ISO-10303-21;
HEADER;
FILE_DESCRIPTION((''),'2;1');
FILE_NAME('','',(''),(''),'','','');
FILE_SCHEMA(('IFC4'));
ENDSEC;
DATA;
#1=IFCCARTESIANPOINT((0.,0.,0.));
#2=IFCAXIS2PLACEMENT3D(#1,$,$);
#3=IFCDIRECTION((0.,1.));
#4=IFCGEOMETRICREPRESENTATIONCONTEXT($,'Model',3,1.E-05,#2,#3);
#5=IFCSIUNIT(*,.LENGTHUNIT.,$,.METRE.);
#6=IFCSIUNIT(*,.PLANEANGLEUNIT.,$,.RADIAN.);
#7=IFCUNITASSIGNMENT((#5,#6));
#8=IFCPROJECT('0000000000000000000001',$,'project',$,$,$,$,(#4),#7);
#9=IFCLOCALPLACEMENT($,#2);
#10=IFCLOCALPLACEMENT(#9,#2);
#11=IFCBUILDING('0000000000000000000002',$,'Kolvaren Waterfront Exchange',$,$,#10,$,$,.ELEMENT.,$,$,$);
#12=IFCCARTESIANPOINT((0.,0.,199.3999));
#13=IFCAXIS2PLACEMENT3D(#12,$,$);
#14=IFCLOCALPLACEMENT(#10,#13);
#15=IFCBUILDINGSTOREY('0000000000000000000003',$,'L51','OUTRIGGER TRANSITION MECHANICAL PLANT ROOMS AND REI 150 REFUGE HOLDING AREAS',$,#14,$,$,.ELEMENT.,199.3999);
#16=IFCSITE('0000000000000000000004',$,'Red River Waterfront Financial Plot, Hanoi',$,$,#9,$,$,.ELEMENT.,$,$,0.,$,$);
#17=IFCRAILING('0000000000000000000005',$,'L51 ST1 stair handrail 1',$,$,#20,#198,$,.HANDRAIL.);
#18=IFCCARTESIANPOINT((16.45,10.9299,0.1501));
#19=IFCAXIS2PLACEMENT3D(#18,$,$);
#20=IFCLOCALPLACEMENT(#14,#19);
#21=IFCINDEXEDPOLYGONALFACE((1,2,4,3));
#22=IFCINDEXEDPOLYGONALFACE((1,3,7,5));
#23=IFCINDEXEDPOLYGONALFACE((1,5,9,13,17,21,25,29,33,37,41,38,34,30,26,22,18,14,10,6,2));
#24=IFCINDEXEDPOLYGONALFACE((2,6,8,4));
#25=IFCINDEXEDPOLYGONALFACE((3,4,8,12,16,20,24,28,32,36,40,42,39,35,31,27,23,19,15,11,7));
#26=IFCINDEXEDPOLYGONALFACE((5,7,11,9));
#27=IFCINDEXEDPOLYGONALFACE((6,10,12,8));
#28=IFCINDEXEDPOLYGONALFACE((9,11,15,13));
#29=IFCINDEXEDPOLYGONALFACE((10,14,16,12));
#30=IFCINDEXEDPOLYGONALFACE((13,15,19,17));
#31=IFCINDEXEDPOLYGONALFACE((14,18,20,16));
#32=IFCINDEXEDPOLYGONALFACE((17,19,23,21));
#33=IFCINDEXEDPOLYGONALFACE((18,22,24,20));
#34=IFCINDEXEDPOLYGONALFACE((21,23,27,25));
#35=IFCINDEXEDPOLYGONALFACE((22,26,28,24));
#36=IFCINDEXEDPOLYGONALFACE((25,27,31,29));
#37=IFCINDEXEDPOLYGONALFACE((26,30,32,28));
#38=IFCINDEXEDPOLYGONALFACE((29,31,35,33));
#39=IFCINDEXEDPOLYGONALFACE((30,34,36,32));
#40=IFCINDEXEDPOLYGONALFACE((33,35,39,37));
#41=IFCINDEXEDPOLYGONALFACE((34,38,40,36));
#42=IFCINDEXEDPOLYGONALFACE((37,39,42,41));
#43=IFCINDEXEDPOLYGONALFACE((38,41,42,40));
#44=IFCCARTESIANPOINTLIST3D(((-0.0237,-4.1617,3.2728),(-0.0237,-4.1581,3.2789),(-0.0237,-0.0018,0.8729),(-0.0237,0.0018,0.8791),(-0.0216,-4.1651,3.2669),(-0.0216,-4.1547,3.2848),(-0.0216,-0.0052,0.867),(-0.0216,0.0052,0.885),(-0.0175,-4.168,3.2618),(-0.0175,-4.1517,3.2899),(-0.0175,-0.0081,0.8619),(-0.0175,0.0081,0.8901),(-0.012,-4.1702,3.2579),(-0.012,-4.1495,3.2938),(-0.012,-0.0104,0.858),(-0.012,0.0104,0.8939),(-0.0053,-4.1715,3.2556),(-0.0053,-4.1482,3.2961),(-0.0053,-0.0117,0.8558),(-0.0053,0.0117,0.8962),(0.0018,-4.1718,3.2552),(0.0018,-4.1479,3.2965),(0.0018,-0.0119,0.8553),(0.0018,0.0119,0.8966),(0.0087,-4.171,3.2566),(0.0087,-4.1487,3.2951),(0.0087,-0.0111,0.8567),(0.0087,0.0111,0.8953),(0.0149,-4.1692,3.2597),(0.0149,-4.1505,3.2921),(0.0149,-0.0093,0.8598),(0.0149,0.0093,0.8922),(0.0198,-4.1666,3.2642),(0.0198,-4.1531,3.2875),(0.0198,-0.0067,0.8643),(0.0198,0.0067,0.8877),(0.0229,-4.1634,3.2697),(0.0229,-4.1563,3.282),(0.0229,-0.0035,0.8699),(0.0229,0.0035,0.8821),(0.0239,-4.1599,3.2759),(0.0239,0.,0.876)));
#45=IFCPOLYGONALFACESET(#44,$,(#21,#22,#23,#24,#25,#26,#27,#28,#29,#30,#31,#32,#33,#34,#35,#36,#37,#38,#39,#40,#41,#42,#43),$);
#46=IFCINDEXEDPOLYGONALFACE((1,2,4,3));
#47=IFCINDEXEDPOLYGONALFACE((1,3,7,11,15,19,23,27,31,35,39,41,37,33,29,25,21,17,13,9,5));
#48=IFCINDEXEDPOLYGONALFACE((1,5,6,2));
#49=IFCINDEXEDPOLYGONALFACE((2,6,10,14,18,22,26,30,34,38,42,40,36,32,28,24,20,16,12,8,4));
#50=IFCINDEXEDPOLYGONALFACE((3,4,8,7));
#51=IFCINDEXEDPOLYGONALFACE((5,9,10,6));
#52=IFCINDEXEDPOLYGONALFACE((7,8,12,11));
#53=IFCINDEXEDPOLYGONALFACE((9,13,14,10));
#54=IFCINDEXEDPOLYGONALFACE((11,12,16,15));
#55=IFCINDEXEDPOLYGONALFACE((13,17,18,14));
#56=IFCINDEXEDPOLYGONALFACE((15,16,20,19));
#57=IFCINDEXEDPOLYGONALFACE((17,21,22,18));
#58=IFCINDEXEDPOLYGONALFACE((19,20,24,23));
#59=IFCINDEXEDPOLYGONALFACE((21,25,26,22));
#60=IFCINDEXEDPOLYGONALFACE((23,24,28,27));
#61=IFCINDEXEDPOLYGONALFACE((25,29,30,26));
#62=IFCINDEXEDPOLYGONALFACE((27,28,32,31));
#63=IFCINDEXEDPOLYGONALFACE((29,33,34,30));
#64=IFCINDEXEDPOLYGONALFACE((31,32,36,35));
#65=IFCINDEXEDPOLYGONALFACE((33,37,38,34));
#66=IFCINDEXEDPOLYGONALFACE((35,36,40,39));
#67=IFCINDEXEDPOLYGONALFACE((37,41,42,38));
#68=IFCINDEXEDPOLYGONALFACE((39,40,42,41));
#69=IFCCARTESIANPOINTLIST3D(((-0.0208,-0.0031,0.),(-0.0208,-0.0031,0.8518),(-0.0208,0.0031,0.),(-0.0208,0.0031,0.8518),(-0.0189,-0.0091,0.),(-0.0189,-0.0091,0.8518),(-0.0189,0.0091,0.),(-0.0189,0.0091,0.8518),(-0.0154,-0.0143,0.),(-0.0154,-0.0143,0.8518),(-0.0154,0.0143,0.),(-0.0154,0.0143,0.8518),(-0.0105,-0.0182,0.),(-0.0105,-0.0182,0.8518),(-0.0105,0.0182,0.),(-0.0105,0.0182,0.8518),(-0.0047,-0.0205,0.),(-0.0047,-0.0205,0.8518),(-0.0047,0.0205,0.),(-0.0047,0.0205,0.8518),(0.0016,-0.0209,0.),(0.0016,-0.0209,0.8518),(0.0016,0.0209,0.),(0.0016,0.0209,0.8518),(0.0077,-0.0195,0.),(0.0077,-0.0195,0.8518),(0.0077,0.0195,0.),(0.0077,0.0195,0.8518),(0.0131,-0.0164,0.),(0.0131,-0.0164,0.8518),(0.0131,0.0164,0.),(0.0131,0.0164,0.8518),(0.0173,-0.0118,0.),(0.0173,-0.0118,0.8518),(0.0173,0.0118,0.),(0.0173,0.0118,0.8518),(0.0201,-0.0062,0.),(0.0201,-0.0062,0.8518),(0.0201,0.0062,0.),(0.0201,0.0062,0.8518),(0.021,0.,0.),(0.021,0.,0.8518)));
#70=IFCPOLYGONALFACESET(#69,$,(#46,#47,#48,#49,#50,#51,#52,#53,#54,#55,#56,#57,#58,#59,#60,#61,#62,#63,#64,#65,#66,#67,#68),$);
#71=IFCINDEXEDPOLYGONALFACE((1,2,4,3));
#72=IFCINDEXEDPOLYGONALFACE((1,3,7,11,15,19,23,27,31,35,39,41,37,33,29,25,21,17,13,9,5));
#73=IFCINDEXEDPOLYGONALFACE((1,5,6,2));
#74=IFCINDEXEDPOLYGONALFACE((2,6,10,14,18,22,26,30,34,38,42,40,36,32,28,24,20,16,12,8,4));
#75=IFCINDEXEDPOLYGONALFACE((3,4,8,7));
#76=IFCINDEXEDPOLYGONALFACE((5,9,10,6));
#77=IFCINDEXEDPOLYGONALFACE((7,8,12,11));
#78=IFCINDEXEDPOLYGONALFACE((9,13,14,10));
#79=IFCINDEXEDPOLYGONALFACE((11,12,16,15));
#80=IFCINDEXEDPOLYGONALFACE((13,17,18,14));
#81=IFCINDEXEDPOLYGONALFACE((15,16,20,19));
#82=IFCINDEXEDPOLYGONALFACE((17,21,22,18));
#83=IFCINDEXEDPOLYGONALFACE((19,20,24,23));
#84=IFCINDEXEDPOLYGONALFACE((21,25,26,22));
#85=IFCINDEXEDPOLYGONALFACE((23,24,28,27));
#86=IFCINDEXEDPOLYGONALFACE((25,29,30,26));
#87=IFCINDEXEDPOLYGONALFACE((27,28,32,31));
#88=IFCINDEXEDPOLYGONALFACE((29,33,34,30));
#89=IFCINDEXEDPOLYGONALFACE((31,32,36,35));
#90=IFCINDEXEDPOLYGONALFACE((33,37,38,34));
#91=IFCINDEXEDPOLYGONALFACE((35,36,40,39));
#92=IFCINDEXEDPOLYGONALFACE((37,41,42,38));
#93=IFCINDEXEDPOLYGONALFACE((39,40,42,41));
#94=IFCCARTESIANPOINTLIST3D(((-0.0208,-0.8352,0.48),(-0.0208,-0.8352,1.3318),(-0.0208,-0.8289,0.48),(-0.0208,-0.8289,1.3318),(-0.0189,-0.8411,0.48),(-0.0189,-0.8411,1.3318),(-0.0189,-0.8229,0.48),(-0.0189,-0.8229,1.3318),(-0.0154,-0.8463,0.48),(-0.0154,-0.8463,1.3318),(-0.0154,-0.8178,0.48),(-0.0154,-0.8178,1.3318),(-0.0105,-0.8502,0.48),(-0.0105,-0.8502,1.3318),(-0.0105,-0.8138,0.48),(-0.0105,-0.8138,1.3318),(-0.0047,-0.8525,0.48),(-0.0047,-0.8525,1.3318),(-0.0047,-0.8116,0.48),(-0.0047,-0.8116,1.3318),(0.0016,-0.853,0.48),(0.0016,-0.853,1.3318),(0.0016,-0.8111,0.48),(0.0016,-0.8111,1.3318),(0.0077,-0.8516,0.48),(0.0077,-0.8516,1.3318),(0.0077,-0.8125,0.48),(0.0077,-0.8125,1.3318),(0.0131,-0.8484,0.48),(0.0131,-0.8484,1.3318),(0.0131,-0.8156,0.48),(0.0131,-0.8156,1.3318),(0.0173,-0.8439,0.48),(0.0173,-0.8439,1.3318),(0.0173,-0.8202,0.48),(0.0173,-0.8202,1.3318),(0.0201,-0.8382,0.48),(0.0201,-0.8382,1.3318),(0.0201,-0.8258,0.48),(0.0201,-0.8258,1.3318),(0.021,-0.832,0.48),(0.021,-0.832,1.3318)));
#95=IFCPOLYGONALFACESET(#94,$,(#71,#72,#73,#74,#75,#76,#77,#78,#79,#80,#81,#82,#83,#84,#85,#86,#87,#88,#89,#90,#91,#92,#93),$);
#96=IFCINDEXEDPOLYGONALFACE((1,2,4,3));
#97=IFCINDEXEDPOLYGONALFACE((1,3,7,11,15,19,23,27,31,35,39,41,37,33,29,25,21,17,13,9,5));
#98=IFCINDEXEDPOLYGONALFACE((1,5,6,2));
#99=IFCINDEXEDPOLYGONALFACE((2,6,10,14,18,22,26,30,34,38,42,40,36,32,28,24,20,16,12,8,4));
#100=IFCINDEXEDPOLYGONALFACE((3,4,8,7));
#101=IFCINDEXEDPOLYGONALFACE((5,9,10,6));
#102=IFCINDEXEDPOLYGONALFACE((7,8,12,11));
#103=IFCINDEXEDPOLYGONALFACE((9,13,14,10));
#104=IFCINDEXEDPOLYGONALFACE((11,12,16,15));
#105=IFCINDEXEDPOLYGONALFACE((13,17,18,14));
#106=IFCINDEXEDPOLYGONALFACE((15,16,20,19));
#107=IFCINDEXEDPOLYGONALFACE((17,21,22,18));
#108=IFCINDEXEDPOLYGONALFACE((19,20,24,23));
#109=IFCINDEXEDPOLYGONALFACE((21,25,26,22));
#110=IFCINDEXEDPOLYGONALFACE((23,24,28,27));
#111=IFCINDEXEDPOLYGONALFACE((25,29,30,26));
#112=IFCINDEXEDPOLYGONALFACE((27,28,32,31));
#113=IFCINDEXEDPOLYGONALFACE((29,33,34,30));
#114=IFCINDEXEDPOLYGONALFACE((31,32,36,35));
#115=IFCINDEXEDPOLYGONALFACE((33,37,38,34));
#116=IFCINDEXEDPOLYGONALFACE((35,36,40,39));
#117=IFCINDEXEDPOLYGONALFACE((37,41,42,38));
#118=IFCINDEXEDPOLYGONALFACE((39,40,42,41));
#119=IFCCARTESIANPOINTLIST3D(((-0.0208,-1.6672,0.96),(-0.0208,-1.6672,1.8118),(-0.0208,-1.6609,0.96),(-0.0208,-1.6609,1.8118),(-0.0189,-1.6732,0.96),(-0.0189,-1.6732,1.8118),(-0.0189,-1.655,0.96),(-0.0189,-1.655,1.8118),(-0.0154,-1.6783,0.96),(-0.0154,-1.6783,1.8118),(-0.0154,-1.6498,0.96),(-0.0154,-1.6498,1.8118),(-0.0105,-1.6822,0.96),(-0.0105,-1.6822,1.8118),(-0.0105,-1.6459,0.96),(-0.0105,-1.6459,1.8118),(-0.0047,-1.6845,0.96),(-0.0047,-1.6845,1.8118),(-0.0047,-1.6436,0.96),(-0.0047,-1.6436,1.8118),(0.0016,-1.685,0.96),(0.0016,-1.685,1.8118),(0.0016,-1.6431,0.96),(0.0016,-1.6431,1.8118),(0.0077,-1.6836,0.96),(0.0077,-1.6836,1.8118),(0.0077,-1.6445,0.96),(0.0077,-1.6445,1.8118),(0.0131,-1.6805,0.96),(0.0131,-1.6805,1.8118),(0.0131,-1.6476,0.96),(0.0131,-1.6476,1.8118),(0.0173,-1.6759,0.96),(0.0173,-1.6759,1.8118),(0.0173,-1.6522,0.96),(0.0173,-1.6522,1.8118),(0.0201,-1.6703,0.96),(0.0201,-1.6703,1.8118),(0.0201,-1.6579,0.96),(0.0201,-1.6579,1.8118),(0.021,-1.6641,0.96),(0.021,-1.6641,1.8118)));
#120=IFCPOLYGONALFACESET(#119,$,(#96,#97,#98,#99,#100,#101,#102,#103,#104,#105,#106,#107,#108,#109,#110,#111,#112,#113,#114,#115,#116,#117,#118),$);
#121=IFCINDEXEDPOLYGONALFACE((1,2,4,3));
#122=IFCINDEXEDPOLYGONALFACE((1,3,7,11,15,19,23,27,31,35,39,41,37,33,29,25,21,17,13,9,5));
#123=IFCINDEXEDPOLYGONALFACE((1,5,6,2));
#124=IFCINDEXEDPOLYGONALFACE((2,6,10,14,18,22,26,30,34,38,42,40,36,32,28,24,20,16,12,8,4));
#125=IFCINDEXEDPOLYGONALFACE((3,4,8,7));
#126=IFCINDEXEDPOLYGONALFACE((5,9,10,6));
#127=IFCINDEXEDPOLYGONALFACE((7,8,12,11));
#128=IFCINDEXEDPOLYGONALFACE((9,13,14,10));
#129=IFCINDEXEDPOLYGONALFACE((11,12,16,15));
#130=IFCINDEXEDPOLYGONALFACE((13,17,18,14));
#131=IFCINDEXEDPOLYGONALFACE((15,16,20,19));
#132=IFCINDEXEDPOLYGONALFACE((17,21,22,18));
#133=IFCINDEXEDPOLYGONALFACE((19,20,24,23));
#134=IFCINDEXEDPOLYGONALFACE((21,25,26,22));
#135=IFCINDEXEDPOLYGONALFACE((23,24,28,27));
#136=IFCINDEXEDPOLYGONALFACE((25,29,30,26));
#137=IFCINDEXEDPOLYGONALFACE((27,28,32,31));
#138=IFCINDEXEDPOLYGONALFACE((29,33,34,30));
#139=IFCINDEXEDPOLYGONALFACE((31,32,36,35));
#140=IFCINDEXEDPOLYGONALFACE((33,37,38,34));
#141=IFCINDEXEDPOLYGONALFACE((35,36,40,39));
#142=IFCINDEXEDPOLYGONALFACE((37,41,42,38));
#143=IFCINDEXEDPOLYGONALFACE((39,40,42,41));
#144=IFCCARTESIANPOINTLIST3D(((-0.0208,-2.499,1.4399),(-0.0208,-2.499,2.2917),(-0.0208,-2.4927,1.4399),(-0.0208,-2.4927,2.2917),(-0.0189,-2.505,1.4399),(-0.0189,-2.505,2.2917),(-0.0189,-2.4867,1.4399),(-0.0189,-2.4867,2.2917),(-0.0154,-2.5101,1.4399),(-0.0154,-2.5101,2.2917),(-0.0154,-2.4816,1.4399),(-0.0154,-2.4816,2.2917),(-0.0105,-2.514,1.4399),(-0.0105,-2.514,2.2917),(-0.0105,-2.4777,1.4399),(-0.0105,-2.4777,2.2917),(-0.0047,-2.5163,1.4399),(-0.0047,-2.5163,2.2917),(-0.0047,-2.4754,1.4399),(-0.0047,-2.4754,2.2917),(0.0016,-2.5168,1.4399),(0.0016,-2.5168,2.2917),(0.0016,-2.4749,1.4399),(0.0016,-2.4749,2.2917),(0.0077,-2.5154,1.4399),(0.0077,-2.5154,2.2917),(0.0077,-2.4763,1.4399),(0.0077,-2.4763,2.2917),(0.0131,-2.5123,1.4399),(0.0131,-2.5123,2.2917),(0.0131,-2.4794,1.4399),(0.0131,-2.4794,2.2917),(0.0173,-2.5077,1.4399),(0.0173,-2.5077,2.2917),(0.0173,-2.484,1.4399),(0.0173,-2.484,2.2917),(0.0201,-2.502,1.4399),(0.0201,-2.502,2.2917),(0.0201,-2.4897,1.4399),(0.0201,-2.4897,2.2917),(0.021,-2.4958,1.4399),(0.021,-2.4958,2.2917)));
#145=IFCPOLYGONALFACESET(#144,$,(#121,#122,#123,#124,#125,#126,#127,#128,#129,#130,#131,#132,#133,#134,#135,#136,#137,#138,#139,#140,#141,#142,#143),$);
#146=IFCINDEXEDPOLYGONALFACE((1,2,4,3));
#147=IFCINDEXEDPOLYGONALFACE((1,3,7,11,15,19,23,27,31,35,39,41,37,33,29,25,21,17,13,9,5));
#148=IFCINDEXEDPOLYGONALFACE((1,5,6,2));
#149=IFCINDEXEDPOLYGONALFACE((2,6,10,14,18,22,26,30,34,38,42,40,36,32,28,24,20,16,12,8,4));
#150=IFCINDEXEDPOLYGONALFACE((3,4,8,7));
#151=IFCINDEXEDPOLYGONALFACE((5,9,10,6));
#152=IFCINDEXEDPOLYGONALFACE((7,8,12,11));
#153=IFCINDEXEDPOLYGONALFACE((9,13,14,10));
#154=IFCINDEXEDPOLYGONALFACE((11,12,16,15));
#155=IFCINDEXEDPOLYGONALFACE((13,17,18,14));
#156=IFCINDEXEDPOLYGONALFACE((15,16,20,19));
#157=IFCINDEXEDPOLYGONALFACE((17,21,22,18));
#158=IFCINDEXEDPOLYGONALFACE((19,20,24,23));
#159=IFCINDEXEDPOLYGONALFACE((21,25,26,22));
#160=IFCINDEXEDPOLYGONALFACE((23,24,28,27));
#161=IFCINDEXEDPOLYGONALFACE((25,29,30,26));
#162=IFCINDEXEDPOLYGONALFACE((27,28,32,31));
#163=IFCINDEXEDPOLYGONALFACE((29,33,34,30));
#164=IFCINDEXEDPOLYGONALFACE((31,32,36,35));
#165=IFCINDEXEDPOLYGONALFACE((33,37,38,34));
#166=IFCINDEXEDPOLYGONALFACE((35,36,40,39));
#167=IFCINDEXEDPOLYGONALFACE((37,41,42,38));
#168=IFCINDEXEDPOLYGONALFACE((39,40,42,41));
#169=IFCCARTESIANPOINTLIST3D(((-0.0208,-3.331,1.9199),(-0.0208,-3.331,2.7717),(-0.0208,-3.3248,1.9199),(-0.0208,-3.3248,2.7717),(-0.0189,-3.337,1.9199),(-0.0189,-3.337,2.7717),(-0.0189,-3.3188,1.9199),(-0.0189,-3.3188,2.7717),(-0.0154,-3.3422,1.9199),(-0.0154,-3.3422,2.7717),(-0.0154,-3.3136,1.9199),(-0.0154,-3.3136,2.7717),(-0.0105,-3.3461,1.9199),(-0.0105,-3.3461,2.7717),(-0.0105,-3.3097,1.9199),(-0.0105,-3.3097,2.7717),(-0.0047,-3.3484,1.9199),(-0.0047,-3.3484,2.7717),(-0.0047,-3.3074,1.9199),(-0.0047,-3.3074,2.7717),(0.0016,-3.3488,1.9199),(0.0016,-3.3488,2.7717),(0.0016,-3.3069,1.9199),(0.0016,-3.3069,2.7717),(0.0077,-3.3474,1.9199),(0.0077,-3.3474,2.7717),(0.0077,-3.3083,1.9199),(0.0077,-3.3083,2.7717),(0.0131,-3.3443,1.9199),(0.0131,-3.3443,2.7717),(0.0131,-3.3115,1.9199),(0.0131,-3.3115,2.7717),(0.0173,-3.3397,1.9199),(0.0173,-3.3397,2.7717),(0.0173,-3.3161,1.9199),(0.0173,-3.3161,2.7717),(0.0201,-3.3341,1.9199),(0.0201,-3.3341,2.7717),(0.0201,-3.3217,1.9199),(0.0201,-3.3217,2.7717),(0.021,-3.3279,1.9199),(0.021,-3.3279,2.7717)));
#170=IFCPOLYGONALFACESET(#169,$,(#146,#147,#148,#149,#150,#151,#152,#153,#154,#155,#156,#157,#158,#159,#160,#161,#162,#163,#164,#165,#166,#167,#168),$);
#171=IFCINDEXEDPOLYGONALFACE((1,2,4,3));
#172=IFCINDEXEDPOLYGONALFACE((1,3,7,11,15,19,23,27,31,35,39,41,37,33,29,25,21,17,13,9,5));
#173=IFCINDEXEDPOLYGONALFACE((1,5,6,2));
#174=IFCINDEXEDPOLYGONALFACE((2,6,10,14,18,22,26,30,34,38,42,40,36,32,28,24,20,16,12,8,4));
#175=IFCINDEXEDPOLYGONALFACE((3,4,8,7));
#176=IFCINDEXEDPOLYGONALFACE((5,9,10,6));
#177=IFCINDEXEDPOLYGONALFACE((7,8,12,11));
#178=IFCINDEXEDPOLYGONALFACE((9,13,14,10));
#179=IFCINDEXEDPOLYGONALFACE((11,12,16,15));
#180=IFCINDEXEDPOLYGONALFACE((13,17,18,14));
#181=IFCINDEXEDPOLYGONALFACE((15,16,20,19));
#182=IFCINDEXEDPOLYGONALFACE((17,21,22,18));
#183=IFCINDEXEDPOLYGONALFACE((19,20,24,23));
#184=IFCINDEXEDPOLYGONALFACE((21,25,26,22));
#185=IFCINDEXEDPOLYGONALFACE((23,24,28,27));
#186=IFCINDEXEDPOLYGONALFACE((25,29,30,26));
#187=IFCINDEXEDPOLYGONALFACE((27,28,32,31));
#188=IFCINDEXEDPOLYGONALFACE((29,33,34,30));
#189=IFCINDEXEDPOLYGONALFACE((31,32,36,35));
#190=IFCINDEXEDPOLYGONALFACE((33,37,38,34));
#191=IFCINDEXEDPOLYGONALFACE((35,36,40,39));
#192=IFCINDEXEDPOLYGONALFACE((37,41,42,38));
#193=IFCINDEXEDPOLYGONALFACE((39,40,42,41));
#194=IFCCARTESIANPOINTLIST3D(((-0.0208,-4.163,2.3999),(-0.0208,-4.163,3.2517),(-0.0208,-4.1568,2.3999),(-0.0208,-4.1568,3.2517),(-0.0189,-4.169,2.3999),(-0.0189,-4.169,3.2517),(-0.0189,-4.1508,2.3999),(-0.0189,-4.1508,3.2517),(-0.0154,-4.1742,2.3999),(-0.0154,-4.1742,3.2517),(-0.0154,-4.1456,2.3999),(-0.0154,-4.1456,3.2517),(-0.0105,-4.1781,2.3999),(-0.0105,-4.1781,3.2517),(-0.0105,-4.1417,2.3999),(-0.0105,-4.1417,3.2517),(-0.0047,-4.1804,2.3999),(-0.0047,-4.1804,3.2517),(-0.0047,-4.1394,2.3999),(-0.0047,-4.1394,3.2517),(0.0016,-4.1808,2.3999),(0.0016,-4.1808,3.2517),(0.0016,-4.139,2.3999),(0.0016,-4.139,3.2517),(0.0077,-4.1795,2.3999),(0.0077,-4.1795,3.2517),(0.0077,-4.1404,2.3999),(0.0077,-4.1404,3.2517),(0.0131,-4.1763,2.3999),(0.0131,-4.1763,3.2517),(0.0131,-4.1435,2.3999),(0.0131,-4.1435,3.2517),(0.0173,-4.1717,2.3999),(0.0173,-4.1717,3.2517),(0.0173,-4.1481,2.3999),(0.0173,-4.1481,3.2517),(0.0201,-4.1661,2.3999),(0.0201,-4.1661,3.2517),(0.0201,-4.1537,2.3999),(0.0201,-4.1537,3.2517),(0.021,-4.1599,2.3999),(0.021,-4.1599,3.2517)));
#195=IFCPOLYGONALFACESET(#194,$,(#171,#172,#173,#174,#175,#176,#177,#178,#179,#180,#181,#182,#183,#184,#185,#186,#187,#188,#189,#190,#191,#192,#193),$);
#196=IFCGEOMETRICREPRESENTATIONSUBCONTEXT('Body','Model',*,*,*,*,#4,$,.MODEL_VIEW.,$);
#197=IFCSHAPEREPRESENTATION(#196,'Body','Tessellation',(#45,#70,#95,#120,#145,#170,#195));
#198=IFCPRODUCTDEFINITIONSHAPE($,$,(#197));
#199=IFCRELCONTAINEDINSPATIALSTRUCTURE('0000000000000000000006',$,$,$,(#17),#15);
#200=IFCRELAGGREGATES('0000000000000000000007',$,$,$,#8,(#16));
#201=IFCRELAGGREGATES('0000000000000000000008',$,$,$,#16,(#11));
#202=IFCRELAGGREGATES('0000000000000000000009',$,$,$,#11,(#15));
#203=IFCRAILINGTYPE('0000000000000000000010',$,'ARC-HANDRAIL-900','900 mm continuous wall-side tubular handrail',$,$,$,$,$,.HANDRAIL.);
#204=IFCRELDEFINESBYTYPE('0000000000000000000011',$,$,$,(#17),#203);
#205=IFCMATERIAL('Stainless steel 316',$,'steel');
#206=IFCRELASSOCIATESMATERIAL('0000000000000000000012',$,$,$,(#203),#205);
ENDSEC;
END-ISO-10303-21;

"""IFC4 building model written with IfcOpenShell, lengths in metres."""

from ifc_helpers import new_model, si_unit, direction, frame, origin, origin_2d, place, context, subcontext, project, spatial, circle, extrude, material, type_object, element, save


model = new_model("IFC4")

# Units and contexts
model_context = context("Model", 3, precision=1e-05, world=origin(), true_north=direction((0.0, 1.0)))
body_context = subcontext(model_context, "Body", "Model", "MODEL_VIEW")
ifc_project = project(units=[si_unit("LENGTHUNIT", "METRE"), si_unit("PLANEANGLEUNIT", "RADIAN")], contexts=[model_context])

# Site, building, storey
site_placement = place(None, origin())
site = spatial("IfcSite", under=ifc_project, at=site_placement, Name="Red River Waterfront Financial Plot, Hanoi", CompositionType="ELEMENT", RefElevation=0.0)
building_placement = place(site_placement, origin())
building = spatial("IfcBuilding", under=site, at=building_placement, Name="Kolvaren Waterfront Exchange", CompositionType="ELEMENT")
storey_placement = place(building_placement, frame((0.0, 0.0, 199.3999)))
storey = spatial("IfcBuildingStorey", under=building, at=storey_placement, Name="L51", Description="OUTRIGGER TRANSITION MECHANICAL PLANT ROOMS AND REI 150 REFUGE HOLDING AREAS", CompositionType="ELEMENT", Elevation=199.3999)

# Railing
ifc_material_1 = material(Name="Stainless steel 316", Category="steel")
railing_type_1 = type_object("IfcRailingType", Name="ARC-HANDRAIL-900", Description="900 mm continuous wall-side tubular handrail", PredefinedType="HANDRAIL", material=ifc_material_1)
railing_1_placement = place(storey_placement, frame((16.45, 10.9299, 0.1501)))
element("IfcRailing", 1, at=railing_1_placement, inside=storey, type_object=railing_type_1, Name="L51 ST1 stair handrail 1", PredefinedType="HANDRAIL", context=body_context, shape_type="SweptSolid", body=[
    extrude(circle(Radius=0.0239, at=origin_2d()), frame((0.0, 0.0, 0.876), z_axis=(0.0, -0.86619, 0.499715), x_axis=(1.0, 0.0, 0.0)), (0.0, 0.0, 1.0), 4.8025),
    extrude(circle(Radius=0.021, at=origin_2d()), origin(), (0.0, 0.0, 1.0), 0.8518),
    extrude(circle(Radius=0.021, at=origin_2d()), frame((0.0, -0.832, 0.48)), (0.0, 0.0, 1.0), 0.8518),
    extrude(circle(Radius=0.021, at=origin_2d()), frame((0.0, -1.6641, 0.96)), (0.0, 0.0, 1.0), 0.8518),
    extrude(circle(Radius=0.021, at=origin_2d()), frame((0.0, -2.4958, 1.4399)), (0.0, 0.0, 1.0), 0.8518),
    extrude(circle(Radius=0.021, at=origin_2d()), frame((0.0, -3.3279, 1.9199)), (0.0, 0.0, 1.0), 0.8518),
    extrude(circle(Radius=0.021, at=origin_2d()), frame((0.0, -4.1599, 2.3999)), (0.0, 0.0, 1.0), 0.8518),
])

save(model, "model.ifc")
